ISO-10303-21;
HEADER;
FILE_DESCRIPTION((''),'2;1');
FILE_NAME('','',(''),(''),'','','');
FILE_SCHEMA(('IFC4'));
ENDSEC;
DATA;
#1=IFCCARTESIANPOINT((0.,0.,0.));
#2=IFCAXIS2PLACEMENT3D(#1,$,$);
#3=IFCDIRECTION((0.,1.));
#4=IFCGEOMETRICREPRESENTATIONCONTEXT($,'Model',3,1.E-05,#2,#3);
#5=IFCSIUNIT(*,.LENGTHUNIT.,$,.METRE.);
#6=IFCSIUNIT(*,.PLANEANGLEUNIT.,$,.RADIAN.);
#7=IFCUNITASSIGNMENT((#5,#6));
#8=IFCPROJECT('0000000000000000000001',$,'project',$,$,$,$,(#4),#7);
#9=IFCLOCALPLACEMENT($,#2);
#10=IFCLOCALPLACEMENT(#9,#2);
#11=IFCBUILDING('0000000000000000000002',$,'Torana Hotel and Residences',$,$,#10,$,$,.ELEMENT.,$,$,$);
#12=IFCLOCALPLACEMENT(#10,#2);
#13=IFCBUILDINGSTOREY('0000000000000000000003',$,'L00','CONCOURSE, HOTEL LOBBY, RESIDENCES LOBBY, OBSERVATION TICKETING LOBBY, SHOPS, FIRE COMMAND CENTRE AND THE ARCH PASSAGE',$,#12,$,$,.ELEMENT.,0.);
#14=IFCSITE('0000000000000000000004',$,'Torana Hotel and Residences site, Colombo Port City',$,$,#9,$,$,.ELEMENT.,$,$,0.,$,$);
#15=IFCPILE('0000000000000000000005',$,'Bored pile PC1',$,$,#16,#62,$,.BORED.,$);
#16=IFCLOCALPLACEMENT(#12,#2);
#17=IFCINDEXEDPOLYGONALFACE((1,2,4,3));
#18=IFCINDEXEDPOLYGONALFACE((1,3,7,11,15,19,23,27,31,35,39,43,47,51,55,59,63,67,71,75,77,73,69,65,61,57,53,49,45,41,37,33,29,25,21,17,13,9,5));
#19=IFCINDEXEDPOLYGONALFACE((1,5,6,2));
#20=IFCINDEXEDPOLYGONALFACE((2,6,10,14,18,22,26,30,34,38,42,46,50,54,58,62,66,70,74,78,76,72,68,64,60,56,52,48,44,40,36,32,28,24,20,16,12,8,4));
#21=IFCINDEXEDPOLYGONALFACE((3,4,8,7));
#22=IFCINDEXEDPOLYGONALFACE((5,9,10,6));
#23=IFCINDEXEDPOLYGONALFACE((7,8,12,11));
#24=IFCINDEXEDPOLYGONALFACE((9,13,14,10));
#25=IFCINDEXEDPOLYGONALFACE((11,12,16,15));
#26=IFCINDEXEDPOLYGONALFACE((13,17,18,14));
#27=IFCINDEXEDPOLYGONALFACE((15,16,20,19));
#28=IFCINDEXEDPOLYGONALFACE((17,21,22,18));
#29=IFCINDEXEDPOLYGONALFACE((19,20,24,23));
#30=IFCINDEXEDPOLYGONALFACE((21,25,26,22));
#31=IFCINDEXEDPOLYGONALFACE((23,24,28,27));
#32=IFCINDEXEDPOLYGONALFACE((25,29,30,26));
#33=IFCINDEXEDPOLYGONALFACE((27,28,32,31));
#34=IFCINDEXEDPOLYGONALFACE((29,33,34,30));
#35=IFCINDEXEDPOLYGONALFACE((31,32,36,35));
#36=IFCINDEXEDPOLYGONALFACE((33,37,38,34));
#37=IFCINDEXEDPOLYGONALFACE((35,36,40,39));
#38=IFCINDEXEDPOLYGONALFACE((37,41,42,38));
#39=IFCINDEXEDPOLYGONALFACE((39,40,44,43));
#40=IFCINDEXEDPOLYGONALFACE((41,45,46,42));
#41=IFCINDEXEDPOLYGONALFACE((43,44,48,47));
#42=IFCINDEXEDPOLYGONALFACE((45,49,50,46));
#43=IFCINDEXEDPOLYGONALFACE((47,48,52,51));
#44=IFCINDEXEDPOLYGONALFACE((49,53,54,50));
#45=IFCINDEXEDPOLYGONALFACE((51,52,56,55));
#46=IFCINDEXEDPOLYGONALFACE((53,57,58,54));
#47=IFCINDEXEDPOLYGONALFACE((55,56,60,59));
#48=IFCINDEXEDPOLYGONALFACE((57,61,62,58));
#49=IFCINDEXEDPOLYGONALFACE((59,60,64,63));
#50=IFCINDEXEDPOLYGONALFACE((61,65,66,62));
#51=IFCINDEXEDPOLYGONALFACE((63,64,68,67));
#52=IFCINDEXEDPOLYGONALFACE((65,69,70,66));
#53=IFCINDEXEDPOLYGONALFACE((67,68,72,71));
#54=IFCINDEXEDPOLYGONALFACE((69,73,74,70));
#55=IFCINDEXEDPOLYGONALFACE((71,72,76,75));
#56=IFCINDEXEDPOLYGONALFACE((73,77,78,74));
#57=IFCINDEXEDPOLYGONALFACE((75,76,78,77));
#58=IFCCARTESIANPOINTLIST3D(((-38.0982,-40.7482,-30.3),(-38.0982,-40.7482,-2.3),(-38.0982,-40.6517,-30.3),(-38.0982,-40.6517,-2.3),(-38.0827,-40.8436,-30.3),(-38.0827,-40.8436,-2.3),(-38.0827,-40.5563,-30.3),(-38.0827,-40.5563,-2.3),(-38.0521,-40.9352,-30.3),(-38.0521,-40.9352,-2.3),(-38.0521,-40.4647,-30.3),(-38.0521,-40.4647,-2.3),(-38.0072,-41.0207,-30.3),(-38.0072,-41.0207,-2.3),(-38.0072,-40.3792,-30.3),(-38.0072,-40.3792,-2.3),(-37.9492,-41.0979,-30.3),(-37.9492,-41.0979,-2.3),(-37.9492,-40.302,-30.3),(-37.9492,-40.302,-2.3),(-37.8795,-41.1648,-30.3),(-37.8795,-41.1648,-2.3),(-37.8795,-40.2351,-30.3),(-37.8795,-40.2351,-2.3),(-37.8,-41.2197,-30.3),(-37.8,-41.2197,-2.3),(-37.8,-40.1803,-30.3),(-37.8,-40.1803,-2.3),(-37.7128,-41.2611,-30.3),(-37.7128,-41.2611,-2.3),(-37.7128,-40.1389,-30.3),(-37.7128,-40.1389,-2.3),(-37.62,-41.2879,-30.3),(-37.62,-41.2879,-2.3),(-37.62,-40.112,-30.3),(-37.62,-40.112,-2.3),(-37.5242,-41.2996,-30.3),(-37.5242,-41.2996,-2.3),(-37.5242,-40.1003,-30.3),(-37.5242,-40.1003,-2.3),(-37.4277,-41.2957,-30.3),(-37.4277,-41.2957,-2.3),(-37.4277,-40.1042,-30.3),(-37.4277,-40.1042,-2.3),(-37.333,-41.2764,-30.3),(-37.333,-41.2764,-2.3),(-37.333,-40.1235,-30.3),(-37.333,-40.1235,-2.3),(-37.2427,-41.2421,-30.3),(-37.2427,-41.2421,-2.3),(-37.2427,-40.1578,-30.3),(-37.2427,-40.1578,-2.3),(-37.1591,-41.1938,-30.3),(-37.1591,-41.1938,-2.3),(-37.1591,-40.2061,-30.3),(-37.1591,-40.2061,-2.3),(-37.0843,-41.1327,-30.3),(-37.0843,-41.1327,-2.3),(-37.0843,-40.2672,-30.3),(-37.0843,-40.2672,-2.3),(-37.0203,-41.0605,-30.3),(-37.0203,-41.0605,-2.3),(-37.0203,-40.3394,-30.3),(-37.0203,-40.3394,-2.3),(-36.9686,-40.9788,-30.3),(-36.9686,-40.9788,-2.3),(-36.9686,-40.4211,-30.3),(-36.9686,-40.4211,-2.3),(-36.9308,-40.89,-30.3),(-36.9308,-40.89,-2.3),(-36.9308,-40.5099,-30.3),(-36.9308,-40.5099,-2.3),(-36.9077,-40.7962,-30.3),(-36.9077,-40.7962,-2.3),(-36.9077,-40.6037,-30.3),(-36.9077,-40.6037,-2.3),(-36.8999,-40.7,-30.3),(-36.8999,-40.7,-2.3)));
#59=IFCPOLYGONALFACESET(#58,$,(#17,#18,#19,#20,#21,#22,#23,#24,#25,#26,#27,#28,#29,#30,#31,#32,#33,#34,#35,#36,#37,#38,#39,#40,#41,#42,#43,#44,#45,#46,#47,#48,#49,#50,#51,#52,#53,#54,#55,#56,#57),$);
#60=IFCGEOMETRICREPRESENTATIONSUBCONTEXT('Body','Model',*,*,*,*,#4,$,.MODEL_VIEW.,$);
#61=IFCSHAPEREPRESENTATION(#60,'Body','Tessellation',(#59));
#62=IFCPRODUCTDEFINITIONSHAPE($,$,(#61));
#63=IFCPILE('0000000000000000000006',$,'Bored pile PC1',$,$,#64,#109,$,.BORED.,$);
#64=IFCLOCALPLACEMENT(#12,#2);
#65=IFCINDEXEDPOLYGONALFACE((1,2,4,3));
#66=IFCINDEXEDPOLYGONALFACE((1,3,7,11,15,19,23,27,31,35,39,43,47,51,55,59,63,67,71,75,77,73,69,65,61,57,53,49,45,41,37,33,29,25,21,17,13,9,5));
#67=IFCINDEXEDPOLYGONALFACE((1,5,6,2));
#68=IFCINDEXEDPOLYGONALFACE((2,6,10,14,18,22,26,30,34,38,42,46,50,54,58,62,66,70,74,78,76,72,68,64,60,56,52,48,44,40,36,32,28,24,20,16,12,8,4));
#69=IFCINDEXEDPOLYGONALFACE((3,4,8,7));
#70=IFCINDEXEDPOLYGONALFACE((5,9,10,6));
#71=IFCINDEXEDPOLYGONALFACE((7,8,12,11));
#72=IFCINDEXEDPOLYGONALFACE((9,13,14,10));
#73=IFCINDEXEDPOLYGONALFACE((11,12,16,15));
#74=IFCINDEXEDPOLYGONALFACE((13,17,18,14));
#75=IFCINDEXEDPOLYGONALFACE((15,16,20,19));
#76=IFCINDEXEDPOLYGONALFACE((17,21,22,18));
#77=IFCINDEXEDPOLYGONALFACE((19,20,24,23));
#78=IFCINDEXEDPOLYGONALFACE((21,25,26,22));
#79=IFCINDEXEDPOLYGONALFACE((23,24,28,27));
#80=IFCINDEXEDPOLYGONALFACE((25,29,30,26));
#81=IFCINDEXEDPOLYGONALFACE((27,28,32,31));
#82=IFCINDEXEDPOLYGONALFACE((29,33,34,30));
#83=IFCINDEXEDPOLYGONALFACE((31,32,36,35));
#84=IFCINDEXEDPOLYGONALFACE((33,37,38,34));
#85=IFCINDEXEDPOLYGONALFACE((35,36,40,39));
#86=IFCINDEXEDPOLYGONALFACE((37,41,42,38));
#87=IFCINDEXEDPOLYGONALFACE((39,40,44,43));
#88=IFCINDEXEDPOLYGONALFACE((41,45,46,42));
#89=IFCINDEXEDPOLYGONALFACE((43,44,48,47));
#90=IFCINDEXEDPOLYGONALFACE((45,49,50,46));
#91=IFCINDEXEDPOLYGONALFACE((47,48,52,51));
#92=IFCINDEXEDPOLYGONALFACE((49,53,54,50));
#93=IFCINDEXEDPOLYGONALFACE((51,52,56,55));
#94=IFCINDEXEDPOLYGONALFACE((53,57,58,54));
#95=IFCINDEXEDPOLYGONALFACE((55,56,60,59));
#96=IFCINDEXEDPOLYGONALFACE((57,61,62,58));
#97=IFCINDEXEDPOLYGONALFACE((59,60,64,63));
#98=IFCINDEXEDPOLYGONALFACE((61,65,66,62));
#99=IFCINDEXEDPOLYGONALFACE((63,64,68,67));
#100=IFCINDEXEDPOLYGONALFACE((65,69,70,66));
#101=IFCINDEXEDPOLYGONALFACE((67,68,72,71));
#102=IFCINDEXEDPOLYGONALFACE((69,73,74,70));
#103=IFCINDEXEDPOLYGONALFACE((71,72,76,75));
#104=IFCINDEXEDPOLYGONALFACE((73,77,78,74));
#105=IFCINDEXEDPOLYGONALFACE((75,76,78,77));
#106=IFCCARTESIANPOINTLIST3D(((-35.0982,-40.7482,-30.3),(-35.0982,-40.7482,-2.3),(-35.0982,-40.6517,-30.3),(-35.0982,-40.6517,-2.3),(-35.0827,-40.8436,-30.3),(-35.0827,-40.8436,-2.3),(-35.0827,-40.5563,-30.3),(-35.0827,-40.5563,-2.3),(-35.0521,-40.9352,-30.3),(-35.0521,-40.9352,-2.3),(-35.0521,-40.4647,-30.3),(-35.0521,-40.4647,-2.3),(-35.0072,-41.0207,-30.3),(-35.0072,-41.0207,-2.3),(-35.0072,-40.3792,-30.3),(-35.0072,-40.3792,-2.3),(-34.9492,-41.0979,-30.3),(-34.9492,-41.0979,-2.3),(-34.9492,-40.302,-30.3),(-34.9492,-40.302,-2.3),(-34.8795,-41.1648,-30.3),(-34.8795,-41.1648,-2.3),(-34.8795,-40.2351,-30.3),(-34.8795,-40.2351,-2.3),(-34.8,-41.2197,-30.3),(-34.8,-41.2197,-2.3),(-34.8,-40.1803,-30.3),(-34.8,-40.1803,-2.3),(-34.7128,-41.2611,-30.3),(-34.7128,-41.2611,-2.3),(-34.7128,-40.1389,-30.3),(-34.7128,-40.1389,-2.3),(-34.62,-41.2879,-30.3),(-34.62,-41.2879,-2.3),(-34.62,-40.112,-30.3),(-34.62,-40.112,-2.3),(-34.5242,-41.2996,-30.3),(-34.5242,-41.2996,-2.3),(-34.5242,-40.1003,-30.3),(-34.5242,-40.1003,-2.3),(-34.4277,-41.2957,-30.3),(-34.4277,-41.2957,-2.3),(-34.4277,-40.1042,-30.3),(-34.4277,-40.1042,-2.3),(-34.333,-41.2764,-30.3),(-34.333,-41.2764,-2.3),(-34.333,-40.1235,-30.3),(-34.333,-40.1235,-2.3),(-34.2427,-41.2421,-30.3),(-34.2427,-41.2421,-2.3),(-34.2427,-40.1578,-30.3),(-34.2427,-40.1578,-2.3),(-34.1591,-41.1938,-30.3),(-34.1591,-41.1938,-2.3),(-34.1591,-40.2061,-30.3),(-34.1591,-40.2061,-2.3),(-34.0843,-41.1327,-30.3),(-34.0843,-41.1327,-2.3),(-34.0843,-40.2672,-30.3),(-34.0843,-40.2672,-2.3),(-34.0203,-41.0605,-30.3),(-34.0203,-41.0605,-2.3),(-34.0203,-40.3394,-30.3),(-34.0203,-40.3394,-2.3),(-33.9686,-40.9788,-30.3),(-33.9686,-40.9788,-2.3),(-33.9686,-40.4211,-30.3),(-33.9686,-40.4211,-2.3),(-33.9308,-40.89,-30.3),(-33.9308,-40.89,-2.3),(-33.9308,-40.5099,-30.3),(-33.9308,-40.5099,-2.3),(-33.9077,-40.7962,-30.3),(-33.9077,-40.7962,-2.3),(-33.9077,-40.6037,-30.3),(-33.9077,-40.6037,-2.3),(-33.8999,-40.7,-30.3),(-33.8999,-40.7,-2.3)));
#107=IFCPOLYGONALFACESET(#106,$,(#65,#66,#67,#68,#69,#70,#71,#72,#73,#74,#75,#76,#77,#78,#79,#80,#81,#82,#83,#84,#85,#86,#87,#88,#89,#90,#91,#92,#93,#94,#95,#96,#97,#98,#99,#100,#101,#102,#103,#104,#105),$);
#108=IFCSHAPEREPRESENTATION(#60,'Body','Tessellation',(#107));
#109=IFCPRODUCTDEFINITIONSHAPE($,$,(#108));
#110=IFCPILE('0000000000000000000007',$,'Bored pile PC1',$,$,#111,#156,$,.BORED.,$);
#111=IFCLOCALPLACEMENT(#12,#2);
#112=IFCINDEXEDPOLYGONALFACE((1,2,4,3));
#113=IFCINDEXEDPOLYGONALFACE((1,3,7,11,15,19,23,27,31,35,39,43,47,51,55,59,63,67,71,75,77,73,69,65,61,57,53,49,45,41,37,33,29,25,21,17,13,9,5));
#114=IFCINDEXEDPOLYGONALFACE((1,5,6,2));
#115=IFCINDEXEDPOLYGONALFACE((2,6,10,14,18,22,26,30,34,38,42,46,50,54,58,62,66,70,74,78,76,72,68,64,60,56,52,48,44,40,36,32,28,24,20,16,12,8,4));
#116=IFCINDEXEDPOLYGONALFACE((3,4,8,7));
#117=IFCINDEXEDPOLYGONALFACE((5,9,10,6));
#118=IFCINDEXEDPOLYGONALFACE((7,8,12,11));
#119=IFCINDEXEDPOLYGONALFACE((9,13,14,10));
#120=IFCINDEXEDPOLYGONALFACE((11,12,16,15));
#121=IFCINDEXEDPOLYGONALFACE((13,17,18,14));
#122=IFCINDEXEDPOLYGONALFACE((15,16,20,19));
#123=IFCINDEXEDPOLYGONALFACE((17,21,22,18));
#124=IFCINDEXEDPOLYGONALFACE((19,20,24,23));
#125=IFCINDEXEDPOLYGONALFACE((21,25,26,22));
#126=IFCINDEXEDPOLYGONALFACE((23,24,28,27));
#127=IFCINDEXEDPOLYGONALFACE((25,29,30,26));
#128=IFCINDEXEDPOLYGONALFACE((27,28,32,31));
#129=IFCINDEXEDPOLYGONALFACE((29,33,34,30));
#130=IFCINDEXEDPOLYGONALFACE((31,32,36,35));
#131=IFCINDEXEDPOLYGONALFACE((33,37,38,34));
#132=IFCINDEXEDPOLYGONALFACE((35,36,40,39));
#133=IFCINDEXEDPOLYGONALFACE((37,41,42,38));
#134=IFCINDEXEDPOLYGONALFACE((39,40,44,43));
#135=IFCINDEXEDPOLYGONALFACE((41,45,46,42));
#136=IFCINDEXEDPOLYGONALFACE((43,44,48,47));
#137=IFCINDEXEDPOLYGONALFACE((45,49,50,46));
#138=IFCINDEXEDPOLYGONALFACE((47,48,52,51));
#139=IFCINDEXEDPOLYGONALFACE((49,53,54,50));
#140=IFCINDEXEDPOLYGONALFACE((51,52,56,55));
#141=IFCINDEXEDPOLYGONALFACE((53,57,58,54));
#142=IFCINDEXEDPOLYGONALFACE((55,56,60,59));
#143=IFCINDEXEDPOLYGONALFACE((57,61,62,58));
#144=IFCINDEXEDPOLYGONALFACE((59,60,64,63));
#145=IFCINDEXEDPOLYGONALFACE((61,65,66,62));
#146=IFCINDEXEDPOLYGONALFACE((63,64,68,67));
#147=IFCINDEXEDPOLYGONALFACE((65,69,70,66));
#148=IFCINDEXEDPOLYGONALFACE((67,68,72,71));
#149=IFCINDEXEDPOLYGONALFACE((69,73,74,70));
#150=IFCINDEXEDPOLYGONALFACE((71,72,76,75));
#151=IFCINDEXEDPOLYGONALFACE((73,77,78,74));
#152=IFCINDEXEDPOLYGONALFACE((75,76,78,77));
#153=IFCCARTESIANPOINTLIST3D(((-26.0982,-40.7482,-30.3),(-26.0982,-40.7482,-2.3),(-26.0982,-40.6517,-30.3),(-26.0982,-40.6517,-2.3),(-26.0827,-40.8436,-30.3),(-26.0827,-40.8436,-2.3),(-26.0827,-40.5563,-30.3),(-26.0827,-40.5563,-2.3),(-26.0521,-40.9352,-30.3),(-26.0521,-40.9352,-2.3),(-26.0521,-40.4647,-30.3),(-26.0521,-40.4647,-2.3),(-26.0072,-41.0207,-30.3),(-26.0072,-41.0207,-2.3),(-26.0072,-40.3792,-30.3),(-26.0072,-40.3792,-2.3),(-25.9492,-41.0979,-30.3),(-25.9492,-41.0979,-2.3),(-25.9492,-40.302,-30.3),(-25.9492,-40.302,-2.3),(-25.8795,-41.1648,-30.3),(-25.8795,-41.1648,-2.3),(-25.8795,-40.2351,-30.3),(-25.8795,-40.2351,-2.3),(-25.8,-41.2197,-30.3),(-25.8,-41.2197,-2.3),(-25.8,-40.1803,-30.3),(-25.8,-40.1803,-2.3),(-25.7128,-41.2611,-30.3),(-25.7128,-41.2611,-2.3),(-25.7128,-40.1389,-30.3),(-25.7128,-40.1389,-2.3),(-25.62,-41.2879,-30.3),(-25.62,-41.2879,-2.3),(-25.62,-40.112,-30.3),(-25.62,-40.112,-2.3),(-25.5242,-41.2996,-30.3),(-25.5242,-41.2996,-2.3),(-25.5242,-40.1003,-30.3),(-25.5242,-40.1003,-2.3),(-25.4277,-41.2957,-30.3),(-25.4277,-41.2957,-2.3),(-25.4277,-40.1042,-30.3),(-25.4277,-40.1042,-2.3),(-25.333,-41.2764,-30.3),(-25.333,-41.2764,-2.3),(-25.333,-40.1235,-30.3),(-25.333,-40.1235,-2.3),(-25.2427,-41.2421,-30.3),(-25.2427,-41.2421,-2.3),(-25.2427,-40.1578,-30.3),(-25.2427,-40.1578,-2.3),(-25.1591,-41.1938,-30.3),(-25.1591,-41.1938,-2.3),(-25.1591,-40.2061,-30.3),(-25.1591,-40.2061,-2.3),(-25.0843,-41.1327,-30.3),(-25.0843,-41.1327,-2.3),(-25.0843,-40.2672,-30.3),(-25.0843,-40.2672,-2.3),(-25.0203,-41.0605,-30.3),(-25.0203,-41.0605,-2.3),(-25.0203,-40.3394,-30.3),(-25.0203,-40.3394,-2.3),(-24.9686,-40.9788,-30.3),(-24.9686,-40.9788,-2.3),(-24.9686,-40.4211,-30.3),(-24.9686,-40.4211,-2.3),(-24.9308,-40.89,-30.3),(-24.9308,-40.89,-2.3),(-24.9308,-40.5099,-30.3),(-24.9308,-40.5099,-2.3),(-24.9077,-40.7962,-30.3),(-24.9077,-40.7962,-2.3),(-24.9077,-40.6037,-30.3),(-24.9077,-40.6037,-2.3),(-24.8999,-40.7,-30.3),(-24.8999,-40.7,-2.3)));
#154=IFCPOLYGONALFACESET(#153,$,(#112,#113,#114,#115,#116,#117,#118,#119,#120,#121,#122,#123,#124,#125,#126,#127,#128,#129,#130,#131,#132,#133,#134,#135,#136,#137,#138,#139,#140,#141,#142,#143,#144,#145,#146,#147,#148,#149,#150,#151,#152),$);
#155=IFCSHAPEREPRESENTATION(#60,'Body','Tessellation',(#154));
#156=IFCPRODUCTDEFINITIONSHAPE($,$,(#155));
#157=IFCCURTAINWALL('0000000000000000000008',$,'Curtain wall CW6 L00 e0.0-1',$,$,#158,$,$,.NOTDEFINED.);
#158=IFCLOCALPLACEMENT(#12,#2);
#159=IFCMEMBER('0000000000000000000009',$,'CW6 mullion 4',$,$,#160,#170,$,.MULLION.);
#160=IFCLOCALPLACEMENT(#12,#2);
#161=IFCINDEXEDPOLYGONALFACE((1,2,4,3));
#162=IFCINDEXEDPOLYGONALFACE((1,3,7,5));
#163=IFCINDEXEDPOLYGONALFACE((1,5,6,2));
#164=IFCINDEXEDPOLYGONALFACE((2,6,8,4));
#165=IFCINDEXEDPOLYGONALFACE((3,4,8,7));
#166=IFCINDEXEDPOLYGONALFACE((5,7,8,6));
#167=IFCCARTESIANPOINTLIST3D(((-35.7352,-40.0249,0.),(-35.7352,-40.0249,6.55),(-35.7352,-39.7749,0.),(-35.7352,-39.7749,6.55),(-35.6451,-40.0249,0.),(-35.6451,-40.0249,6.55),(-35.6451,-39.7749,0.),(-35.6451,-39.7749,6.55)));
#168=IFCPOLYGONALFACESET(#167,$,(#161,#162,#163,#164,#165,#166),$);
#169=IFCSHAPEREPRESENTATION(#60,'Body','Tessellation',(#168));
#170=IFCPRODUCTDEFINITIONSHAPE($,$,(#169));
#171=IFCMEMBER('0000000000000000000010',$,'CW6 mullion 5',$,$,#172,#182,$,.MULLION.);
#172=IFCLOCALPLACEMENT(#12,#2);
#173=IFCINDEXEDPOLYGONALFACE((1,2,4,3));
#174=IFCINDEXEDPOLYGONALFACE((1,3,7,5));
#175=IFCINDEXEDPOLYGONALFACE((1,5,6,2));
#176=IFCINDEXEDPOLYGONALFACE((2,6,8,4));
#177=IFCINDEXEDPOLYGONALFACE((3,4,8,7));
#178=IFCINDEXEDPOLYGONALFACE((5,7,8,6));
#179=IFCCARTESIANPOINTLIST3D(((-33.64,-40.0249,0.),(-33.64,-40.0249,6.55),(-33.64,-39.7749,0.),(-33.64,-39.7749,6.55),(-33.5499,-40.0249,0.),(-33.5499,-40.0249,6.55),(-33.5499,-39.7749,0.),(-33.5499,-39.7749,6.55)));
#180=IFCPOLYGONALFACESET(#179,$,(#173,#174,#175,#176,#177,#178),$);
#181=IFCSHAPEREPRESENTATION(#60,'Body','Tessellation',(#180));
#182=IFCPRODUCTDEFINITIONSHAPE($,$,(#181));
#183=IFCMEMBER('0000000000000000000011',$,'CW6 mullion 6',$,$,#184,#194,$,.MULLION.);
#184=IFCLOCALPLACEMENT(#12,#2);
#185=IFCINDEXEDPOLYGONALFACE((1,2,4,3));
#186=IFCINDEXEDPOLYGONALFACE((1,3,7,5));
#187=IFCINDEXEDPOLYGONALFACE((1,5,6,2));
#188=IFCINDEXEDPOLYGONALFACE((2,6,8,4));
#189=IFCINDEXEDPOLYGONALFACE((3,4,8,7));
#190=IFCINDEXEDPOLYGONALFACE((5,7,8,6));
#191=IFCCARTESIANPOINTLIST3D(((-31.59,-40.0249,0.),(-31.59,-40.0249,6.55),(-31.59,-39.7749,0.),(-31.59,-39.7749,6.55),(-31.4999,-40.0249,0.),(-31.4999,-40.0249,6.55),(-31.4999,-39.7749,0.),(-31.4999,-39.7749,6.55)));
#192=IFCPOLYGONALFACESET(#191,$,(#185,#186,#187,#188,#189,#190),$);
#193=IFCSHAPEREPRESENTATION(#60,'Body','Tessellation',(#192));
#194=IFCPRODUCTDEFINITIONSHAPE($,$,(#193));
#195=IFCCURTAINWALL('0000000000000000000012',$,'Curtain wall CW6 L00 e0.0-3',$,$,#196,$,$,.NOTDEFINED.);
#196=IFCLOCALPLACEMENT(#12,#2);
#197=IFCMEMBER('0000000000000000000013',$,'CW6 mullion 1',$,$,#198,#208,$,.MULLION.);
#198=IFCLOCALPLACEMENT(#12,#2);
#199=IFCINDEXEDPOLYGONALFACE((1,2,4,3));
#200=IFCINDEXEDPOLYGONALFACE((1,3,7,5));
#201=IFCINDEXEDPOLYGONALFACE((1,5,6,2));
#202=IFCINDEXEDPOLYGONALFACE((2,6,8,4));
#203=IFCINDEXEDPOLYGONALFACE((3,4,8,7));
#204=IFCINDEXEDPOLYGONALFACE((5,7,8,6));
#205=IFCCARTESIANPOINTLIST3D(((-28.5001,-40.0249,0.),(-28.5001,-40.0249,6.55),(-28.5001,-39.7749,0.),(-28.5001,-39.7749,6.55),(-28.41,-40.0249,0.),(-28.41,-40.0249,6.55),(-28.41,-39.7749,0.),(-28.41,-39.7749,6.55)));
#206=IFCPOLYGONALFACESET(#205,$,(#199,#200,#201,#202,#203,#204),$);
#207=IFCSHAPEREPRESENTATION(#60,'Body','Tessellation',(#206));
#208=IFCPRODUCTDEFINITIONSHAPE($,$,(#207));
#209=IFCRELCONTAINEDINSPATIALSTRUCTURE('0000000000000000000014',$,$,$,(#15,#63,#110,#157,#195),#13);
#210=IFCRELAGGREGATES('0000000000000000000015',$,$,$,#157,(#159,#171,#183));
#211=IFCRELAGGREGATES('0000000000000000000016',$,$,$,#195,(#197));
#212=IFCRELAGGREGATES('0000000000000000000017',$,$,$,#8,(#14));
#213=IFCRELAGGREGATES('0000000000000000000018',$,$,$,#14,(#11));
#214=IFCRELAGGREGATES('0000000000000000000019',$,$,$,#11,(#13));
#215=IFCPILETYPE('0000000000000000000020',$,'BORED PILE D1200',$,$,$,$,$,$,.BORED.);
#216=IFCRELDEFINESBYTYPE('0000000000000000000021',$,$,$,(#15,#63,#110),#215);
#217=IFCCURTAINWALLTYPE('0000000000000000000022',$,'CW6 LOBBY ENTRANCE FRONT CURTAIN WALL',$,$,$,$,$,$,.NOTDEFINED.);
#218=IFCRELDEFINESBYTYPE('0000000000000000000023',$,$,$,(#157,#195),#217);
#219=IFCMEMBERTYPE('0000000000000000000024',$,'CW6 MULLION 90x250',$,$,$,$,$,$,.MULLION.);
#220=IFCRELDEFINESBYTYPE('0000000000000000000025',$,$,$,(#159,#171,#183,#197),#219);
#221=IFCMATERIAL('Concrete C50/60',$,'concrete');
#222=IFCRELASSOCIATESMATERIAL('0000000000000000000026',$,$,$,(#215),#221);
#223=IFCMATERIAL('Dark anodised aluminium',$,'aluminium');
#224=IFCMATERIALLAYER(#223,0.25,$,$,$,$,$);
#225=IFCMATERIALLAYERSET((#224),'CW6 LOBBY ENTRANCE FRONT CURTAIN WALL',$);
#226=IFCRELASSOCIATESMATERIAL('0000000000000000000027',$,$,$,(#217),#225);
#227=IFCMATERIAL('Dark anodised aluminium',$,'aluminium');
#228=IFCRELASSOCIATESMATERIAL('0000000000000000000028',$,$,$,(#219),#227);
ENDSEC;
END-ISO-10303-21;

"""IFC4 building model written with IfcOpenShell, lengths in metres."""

from ifc_helpers import new_model, si_unit, direction, frame, origin, origin_2d, place, context, subcontext, project, spatial, rectangle, circle, extrude, material, layer, layer_set, material_profile, profile_set, type_object, element, aggregate, save


model = new_model("IFC4")

# Units and contexts
model_context = context("Model", 3, precision=1e-05, world=origin(), true_north=direction((0.0, 1.0)))
body_context = subcontext(model_context, "Body", "Model", "MODEL_VIEW")
ifc_project = project(units=[si_unit("LENGTHUNIT", "METRE"), si_unit("PLANEANGLEUNIT", "RADIAN")], contexts=[model_context])

# Site, building, storey
site_placement = place(None, origin())
site = spatial("IfcSite", under=ifc_project, at=site_placement, Name="Torana Hotel and Residences site, Colombo Port City", CompositionType="ELEMENT", RefElevation=0.0)
building_placement = place(site_placement, origin())
building = spatial("IfcBuilding", under=site, at=building_placement, Name="Torana Hotel and Residences", CompositionType="ELEMENT")
storey_placement = place(building_placement, origin())
storey = spatial("IfcBuildingStorey", under=building, at=storey_placement, Name="L00", Description="CONCOURSE, HOTEL LOBBY, RESIDENCES LOBBY, OBSERVATION TICKETING LOBBY, SHOPS, FIRE COMMAND CENTRE AND THE ARCH PASSAGE", CompositionType="ELEMENT", Elevation=0.0)

# Piles
ifc_material_1 = material(Name="Concrete C50/60", Category="concrete")
pile_type = type_object("IfcPileType", Name="BORED PILE D1200", PredefinedType="BORED", material=ifc_material_1)
for number, where, z_axis, x_axis, name in (
    (1, (-37.5, -40.7, -2.3), (0.0, 0.0, -1.0), (1.0, 0.0, 0.0), "Bored pile PC1"),
    (2, (-34.5, -40.7, -2.3), (0.0, 0.0, -1.0), (1.0, 0.0, 0.0), "Bored pile PC1"),
    (3, (-25.5, -40.7, -2.3), (0.0, 0.0, -1.0), (1.0, 0.0, 0.0), "Bored pile PC1"),
):
    element("IfcPile", number, at=place(storey_placement, frame(where, z_axis=z_axis, x_axis=x_axis)), inside=storey, type_object=pile_type, Name=name, PredefinedType="BORED", context=body_context, shape_type="SweptSolid", body=[
        extrude(circle(Radius=0.6001, at=origin_2d()), origin(), (0.0, 0.0, 1.0), 28.0),
    ])

# Curtain walls, members
ifc_material_2 = material(Name="Dark anodised aluminium", Category="aluminium")
ifc_layer_1 = layer(ifc_material_2, 0.25)
ifc_layer_set_1 = layer_set([ifc_layer_1], Name="CW6 LOBBY ENTRANCE FRONT CURTAIN WALL")
curtain_wall_type = type_object("IfcCurtainWallType", Name="CW6 LOBBY ENTRANCE FRONT CURTAIN WALL", PredefinedType="NOTDEFINED", material=ifc_layer_set_1)
curtain_wall_1_placement = place(storey_placement, origin())
curtain_wall_1 = element("IfcCurtainWall", 4, at=curtain_wall_1_placement, inside=storey, type_object=curtain_wall_type, Name="Curtain wall CW6 L00 e0.0-1", PredefinedType="NOTDEFINED")
ifc_material_3 = material(Name="Dark anodised aluminium", Category="aluminium")
ifc_material_profile_1 = material_profile(ifc_material_3, rectangle(XDim=0.25, YDim=0.0901, at=origin_2d()), Name="CW6 MULLION 90x250")
ifc_profile_set_1 = profile_set([ifc_material_profile_1], Name="Dark anodised aluminium")
member_type_1 = type_object("IfcMemberType", Name="CW6 MULLION 90x250", PredefinedType="MULLION", material=ifc_profile_set_1)
member_1_placement = place(storey_placement, frame((-35.6902, -39.8999, 0.0), z_axis=(0.0, 0.0, 1.0), x_axis=(0.0, 1.0, 0.0)))
member_1 = element("IfcMember", 5, at=member_1_placement, type_object=member_type_1, Name="CW6 mullion 4", PredefinedType="MULLION", context=body_context, shape_type="SweptSolid", body=[
    extrude(rectangle(XDim=0.25, YDim=0.0901, at=origin_2d()), origin(), (0.0, 0.0, 1.0), 6.55),
])
member_2_placement = place(storey_placement, frame((-33.595, -39.8999, 0.0), z_axis=(0.0, 0.0, 1.0), x_axis=(0.0, 1.0, 0.0)))
member_2 = element("IfcMember", 6, at=member_2_placement, type_object=member_type_1, Name="CW6 mullion 5", PredefinedType="MULLION", context=body_context, shape_type="SweptSolid", body=[
    extrude(rectangle(XDim=0.25, YDim=0.0901, at=origin_2d()), origin(), (0.0, 0.0, 1.0), 6.55),
])
member_3_placement = place(storey_placement, frame((-31.5449, -39.8999, 0.0), z_axis=(0.0, 0.0, 1.0), x_axis=(0.0, 1.0, 0.0)))
member_3 = element("IfcMember", 7, at=member_3_placement, type_object=member_type_1, Name="CW6 mullion 6", PredefinedType="MULLION", context=body_context, shape_type="SweptSolid", body=[
    extrude(rectangle(XDim=0.25, YDim=0.0901, at=origin_2d()), origin(), (0.0, 0.0, 1.0), 6.55),
])
curtain_wall_2_placement = place(storey_placement, origin())
curtain_wall_2 = element("IfcCurtainWall", 8, at=curtain_wall_2_placement, inside=storey, type_object=curtain_wall_type, Name="Curtain wall CW6 L00 e0.0-3", PredefinedType="NOTDEFINED")
member_4_placement = place(storey_placement, frame((-28.4551, -39.8999, 0.0), z_axis=(0.0, 0.0, 1.0), x_axis=(0.0, 1.0, 0.0)))
member_4 = element("IfcMember", 9, at=member_4_placement, type_object=member_type_1, Name="CW6 mullion 1", PredefinedType="MULLION", context=body_context, shape_type="SweptSolid", body=[
    extrude(rectangle(XDim=0.25, YDim=0.0901, at=origin_2d()), origin(), (0.0, 0.0, 1.0), 6.55),
])

aggregate(curtain_wall_1, [member_1, member_2, member_3])
aggregate(curtain_wall_2, [member_4])

save(model, "model.ifc")
